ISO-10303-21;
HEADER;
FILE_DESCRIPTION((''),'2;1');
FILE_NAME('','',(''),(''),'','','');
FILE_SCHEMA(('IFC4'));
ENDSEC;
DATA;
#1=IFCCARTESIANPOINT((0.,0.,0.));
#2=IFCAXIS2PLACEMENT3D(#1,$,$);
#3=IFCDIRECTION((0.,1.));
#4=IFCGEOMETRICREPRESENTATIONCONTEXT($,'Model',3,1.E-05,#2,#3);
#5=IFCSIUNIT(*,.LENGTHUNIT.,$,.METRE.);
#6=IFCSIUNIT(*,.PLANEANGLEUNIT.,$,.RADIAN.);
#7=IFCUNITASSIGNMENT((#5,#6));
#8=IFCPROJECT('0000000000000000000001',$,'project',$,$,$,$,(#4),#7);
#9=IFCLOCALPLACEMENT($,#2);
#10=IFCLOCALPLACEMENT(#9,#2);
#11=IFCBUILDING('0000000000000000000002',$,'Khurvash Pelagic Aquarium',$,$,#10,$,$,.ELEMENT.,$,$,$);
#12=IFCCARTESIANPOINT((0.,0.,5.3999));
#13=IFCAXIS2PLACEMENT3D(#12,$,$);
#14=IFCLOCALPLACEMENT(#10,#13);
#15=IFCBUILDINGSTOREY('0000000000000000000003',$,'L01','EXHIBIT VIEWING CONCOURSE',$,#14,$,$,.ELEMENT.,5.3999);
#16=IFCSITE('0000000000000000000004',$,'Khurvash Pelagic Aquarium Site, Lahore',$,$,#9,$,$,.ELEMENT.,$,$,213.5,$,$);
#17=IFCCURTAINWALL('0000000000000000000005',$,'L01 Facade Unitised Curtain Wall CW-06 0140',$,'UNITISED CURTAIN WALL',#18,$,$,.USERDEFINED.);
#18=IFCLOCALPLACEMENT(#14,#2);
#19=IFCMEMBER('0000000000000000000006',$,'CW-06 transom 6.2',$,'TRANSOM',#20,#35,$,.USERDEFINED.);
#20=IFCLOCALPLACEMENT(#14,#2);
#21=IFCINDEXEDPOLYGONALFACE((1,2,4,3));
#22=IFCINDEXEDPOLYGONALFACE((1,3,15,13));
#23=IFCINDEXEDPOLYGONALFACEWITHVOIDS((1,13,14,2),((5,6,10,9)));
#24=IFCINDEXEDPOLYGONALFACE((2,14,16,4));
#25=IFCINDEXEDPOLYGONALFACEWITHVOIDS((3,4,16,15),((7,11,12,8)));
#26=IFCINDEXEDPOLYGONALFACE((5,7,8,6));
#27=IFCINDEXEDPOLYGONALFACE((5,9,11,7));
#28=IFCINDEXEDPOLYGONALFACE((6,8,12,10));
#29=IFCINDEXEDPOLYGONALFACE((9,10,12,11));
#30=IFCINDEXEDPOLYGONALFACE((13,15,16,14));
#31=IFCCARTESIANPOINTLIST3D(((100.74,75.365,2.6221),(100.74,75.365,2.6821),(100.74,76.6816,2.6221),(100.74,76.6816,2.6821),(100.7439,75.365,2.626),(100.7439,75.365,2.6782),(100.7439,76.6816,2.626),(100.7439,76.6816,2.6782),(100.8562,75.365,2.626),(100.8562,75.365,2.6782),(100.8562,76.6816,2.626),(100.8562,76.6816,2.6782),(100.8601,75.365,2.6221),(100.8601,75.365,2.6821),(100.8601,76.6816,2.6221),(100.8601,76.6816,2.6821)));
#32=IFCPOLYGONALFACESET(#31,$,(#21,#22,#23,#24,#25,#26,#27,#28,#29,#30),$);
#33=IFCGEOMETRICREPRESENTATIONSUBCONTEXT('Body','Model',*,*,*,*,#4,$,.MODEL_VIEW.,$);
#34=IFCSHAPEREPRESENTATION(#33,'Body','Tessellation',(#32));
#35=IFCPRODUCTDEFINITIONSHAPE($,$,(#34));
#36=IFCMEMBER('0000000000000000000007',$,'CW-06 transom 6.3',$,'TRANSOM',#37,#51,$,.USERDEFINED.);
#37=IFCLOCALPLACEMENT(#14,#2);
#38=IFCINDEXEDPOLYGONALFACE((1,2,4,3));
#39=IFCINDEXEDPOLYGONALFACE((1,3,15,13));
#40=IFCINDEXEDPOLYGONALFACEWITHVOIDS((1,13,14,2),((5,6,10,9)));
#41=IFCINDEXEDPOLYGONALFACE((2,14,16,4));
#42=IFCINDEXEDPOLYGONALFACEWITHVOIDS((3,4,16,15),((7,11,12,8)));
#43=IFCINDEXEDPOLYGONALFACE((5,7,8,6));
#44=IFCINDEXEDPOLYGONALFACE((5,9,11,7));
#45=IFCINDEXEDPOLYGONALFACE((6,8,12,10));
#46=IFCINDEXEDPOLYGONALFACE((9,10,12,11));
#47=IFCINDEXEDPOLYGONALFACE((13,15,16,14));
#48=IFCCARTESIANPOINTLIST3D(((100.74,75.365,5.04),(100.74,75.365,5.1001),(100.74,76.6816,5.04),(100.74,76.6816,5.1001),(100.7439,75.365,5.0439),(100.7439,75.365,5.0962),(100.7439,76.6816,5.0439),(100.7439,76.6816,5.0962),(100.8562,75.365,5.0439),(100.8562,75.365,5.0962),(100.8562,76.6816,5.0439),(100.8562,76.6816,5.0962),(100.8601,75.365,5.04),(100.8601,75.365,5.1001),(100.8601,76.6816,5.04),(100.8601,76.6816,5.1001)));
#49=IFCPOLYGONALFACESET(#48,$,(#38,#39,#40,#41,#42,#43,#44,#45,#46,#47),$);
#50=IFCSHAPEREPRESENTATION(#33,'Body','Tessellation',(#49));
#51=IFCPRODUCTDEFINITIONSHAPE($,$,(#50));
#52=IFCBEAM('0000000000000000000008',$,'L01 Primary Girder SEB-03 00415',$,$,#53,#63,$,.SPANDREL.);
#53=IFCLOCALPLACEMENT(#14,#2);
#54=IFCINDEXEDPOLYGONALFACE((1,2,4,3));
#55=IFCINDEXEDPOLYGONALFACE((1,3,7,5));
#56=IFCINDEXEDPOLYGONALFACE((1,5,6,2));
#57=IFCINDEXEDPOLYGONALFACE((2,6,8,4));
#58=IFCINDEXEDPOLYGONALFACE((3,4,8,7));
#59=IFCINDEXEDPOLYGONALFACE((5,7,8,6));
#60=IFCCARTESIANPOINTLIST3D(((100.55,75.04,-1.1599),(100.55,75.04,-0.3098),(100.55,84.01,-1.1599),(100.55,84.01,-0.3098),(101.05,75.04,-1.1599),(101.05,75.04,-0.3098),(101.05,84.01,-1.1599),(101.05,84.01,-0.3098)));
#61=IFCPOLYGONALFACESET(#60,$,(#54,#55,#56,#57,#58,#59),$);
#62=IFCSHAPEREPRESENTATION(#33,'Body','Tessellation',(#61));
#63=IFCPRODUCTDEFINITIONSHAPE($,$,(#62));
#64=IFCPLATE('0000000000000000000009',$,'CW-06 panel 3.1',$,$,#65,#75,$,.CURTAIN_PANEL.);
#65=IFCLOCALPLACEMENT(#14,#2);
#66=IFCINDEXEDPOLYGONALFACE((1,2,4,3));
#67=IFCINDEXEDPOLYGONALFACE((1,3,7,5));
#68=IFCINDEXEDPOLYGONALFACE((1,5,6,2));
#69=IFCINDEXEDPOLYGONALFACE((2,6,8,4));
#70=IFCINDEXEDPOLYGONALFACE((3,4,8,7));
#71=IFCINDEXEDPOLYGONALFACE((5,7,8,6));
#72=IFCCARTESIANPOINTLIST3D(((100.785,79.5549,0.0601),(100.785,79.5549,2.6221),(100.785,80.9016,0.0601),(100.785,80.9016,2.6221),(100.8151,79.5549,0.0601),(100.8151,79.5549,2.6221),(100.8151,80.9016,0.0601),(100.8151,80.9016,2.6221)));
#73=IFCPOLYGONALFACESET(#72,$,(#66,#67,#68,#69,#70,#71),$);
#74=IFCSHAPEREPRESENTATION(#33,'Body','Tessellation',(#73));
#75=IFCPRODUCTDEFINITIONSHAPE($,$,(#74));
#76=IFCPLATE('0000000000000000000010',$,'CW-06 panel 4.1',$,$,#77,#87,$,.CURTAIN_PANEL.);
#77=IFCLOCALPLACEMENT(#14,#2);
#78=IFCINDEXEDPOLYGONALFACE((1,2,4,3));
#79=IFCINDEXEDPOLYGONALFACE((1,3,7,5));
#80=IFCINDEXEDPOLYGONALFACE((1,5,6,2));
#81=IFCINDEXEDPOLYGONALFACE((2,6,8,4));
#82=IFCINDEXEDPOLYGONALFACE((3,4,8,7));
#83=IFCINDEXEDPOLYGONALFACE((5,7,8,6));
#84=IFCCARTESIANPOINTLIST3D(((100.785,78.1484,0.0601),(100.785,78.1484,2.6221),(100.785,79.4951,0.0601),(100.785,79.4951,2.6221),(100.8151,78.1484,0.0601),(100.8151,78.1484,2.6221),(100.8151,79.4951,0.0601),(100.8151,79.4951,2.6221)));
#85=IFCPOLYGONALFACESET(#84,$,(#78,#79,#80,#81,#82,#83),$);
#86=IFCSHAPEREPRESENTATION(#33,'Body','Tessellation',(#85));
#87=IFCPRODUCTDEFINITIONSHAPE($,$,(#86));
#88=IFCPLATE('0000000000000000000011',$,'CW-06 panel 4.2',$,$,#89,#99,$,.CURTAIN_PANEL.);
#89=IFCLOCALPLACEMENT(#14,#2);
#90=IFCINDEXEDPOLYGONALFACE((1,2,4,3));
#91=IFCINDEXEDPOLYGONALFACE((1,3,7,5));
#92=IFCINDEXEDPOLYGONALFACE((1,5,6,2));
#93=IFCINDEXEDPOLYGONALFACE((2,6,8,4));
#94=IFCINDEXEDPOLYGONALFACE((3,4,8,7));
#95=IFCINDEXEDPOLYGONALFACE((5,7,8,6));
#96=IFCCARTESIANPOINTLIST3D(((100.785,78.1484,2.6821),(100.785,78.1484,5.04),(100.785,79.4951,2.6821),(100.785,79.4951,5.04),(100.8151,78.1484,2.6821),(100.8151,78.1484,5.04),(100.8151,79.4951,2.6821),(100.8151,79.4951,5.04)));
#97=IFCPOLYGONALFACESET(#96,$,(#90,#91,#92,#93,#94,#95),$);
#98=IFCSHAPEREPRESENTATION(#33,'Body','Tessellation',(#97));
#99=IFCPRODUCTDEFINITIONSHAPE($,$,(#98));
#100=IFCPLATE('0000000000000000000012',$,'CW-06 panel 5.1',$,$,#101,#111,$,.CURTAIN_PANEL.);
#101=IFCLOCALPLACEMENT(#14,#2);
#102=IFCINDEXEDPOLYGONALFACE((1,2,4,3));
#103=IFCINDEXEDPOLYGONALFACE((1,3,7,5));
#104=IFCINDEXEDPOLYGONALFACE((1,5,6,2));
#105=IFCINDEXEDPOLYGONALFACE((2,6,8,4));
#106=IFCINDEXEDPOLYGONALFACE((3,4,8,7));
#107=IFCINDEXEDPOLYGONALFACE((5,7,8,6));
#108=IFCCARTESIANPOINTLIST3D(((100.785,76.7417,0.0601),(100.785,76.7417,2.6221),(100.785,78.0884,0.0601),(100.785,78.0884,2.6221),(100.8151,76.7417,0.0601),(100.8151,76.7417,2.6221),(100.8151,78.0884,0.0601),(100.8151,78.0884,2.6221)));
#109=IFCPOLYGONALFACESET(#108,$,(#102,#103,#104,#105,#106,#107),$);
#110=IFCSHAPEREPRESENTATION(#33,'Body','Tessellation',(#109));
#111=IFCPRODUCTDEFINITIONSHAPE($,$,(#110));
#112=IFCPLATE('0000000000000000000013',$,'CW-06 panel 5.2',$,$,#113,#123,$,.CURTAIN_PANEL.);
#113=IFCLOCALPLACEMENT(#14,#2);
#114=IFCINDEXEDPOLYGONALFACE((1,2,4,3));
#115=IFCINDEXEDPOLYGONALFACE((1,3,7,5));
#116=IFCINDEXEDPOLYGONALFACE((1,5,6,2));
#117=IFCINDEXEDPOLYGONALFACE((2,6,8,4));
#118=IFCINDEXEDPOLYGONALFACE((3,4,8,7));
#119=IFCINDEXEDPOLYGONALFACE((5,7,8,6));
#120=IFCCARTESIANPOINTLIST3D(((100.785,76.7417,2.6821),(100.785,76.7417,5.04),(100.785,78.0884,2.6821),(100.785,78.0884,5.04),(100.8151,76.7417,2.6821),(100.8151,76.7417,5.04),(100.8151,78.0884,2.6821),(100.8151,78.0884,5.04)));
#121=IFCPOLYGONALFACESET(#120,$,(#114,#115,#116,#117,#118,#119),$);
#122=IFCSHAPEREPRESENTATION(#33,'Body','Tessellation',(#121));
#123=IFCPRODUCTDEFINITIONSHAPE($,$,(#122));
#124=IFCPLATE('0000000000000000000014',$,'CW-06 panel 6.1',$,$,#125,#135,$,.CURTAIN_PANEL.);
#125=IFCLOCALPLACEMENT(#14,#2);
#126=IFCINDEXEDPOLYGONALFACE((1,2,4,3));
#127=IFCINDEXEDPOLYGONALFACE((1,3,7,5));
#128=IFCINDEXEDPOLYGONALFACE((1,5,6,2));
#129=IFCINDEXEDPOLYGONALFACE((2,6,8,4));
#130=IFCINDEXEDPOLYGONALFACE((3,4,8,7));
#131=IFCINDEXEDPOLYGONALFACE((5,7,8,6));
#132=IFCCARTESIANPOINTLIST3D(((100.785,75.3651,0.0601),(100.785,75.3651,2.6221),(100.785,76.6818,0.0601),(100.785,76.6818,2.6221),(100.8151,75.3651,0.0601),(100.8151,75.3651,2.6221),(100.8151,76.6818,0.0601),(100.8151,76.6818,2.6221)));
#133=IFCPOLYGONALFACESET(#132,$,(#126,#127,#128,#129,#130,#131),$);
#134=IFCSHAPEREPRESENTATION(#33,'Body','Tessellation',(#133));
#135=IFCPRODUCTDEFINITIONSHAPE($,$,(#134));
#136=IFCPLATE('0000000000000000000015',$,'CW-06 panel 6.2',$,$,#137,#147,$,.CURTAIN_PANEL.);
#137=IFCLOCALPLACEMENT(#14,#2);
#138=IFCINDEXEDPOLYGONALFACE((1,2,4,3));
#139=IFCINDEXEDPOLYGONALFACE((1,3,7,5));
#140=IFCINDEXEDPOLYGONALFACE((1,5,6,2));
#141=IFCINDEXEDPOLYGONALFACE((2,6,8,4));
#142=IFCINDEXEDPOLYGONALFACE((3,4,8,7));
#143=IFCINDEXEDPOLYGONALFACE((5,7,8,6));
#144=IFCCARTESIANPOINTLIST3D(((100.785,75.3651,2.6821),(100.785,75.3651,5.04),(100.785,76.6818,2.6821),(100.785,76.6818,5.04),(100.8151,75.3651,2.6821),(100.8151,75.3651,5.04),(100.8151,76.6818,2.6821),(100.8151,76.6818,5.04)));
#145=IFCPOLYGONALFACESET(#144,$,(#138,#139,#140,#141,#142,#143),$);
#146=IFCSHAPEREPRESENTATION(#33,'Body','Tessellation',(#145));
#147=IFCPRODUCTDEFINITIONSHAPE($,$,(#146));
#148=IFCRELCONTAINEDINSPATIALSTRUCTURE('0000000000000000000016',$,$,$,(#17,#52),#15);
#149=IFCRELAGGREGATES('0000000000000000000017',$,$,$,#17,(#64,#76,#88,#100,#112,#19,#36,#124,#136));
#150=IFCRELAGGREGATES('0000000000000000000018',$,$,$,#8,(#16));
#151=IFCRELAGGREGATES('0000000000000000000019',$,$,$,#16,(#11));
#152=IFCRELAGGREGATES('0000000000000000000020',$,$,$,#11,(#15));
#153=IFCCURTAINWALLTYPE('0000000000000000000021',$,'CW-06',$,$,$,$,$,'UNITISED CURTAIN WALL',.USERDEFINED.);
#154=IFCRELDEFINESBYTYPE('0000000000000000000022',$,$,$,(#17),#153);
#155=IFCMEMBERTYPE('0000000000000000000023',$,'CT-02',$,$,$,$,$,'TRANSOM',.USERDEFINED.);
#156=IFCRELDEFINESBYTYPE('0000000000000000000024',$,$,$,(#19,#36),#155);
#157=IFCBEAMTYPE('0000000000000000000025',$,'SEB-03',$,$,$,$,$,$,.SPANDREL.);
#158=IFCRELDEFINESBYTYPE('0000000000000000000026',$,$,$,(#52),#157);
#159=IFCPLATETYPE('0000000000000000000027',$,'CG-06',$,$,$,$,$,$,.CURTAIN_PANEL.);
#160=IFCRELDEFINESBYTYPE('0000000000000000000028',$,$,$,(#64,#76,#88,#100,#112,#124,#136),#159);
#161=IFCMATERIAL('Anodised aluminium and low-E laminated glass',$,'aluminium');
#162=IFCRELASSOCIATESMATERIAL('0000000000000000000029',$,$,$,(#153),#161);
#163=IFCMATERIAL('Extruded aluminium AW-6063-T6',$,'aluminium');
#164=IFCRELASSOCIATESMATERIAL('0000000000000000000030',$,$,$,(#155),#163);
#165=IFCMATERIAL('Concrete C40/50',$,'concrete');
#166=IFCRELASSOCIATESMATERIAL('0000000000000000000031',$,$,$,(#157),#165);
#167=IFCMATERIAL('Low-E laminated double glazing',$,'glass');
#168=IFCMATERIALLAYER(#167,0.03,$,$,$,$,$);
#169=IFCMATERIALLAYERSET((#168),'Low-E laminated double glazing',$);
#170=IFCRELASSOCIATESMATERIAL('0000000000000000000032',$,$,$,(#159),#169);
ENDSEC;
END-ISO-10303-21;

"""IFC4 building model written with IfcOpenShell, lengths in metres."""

from ifc_helpers import new_model, si_unit, direction, frame, origin, origin_2d, place, context, subcontext, project, spatial, rectangle, hollow_rectangle, extrude, material, layer, layer_set, material_profile, profile_set, type_object, element, aggregate, save


model = new_model("IFC4")

# Units and contexts
model_context = context("Model", 3, precision=1e-05, world=origin(), true_north=direction((0.0, 1.0)))
body_context = subcontext(model_context, "Body", "Model", "MODEL_VIEW")
ifc_project = project(units=[si_unit("LENGTHUNIT", "METRE"), si_unit("PLANEANGLEUNIT", "RADIAN")], contexts=[model_context])

# Site, building, storey
site_placement = place(None, origin())
site = spatial("IfcSite", under=ifc_project, at=site_placement, Name="Khurvash Pelagic Aquarium Site, Lahore", CompositionType="ELEMENT", RefElevation=213.5)
building_placement = place(site_placement, origin())
building = spatial("IfcBuilding", under=site, at=building_placement, Name="Khurvash Pelagic Aquarium", CompositionType="ELEMENT")
storey_placement = place(building_placement, frame((0.0, 0.0, 5.3999)))
storey = spatial("IfcBuildingStorey", under=building, at=storey_placement, Name="L01", Description="EXHIBIT VIEWING CONCOURSE", CompositionType="ELEMENT", Elevation=5.3999)

# Curtain wall, members
ifc_material_1 = material(Name="Anodised aluminium and low-E laminated glass", Category="aluminium")
curtain_wall_type = type_object("IfcCurtainWallType", Name="CW-06", ElementType="UNITISED CURTAIN WALL", PredefinedType="USERDEFINED", material=ifc_material_1)
curtain_wall_placement = place(storey_placement, origin())
curtain_wall = element("IfcCurtainWall", 1, at=curtain_wall_placement, inside=storey, type_object=curtain_wall_type, Name="L01 Facade Unitised Curtain Wall CW-06 0140", ObjectType="UNITISED CURTAIN WALL", PredefinedType="USERDEFINED")
ifc_material_2 = material(Name="Extruded aluminium AW-6063-T6", Category="aluminium")
ifc_material_profile_1 = material_profile(ifc_material_2, hollow_rectangle(XDim=0.1201, YDim=0.0601, WallThickness=0.0039, at=origin_2d()), Name="CWT120X60X4")
ifc_profile_set_1 = profile_set([ifc_material_profile_1], Name="Extruded aluminium AW-6063-T6")
member_type_1 = type_object("IfcMemberType", Name="CT-02", ElementType="TRANSOM", PredefinedType="USERDEFINED", material=ifc_profile_set_1)
member_1_placement = place(storey_placement, frame((100.8, 76.6816, 2.6521), z_axis=(0.0, -1.0, 0.0), x_axis=(1.0, 0.0, 0.0)))
member_1 = element("IfcMember", 2, at=member_1_placement, type_object=member_type_1, Name="CW-06 transom 6.2", ObjectType="TRANSOM", PredefinedType="USERDEFINED", context=body_context, shape_type="SweptSolid", body=[
    extrude(hollow_rectangle(XDim=0.1201, YDim=0.0601, WallThickness=0.0039, at=origin_2d()), origin(), (0.0, 0.0, 1.0), 1.3167),
])
member_2_placement = place(storey_placement, frame((100.8, 76.6816, 5.0701), z_axis=(0.0, -1.0, 0.0), x_axis=(1.0, 0.0, 0.0)))
member_2 = element("IfcMember", 3, at=member_2_placement, type_object=member_type_1, Name="CW-06 transom 6.3", ObjectType="TRANSOM", PredefinedType="USERDEFINED", context=body_context, shape_type="SweptSolid", body=[
    extrude(hollow_rectangle(XDim=0.1201, YDim=0.0601, WallThickness=0.0039, at=origin_2d()), origin(), (0.0, 0.0, 1.0), 1.3167),
])

# Beam
ifc_material_3 = material(Name="Concrete C40/50", Category="concrete")
ifc_material_profile_2 = material_profile(ifc_material_3, rectangle(XDim=0.5, YDim=0.8501, at=origin_2d()), Name="RC500X850")
ifc_profile_set_2 = profile_set([ifc_material_profile_2], Name="Concrete C40/50")
beam_type = type_object("IfcBeamType", Name="SEB-03", PredefinedType="SPANDREL", material=ifc_profile_set_2)
beam_placement = place(storey_placement, frame((100.8, 75.04, -0.7349), z_axis=(0.0, 1.0, 0.0), x_axis=(-1.0, 0.0, 0.0)))
element("IfcBeam", 4, at=beam_placement, inside=storey, type_object=beam_type, Name="L01 Primary Girder SEB-03 00415", PredefinedType="SPANDREL", context=body_context, shape_type="SweptSolid", body=[
    extrude(rectangle(XDim=0.5, YDim=0.8501, at=origin_2d()), origin(), (0.0, 0.0, 1.0), 8.97),
])

# Plates
ifc_material_4 = material(Name="Low-E laminated double glazing", Category="glass")
ifc_layer = layer(ifc_material_4, 0.03)
ifc_layer_set = layer_set([ifc_layer], Name="Low-E laminated double glazing")
plate_type = type_object("IfcPlateType", Name="CG-06", PredefinedType="CURTAIN_PANEL", material=ifc_layer_set)
plate_1_placement = place(storey_placement, frame((100.8, 80.2283, 0.0601), z_axis=(0.0, 0.0, 1.0), x_axis=(0.0, -1.0, 0.0)))
plate_1 = element("IfcPlate", 5, at=plate_1_placement, type_object=plate_type, Name="CW-06 panel 3.1", PredefinedType="CURTAIN_PANEL", context=body_context, shape_type="SweptSolid", body=[
    extrude(rectangle(XDim=1.3467, YDim=0.03, at=origin_2d()), origin(), (0.0, 0.0, 1.0), 2.562),
])
plate_2_placement = place(storey_placement, frame((100.8, 78.8218, 0.0601), z_axis=(0.0, 0.0, 1.0), x_axis=(0.0, -1.0, 0.0)))
plate_2 = element("IfcPlate", 6, at=plate_2_placement, type_object=plate_type, Name="CW-06 panel 4.1", PredefinedType="CURTAIN_PANEL", context=body_context, shape_type="SweptSolid", body=[
    extrude(rectangle(XDim=1.3467, YDim=0.03, at=origin_2d()), origin(), (0.0, 0.0, 1.0), 2.562),
])
plate_3_placement = place(storey_placement, frame((100.8, 78.8218, 2.6821), z_axis=(0.0, 0.0, 1.0), x_axis=(0.0, -1.0, 0.0)))
plate_3 = element("IfcPlate", 7, at=plate_3_placement, type_object=plate_type, Name="CW-06 panel 4.2", PredefinedType="CURTAIN_PANEL", context=body_context, shape_type="SweptSolid", body=[
    extrude(rectangle(XDim=1.3467, YDim=0.03, at=origin_2d()), origin(), (0.0, 0.0, 1.0), 2.3579),
])
plate_4_placement = place(storey_placement, frame((100.8, 77.415, 0.0601), z_axis=(0.0, 0.0, 1.0), x_axis=(0.0, -1.0, 0.0)))
plate_4 = element("IfcPlate", 8, at=plate_4_placement, type_object=plate_type, Name="CW-06 panel 5.1", PredefinedType="CURTAIN_PANEL", context=body_context, shape_type="SweptSolid", body=[
    extrude(rectangle(XDim=1.3467, YDim=0.03, at=origin_2d()), origin(), (0.0, 0.0, 1.0), 2.562),
])
plate_5_placement = place(storey_placement, frame((100.8, 77.415, 2.6821), z_axis=(0.0, 0.0, 1.0), x_axis=(0.0, -1.0, 0.0)))
plate_5 = element("IfcPlate", 9, at=plate_5_placement, type_object=plate_type, Name="CW-06 panel 5.2", PredefinedType="CURTAIN_PANEL", context=body_context, shape_type="SweptSolid", body=[
    extrude(rectangle(XDim=1.3467, YDim=0.03, at=origin_2d()), origin(), (0.0, 0.0, 1.0), 2.3579),
])
plate_6_placement = place(storey_placement, frame((100.8, 76.0234, 0.0601), z_axis=(0.0, 0.0, 1.0), x_axis=(0.0, -1.0, 0.0)))
plate_6 = element("IfcPlate", 10, at=plate_6_placement, type_object=plate_type, Name="CW-06 panel 6.1", PredefinedType="CURTAIN_PANEL", context=body_context, shape_type="SweptSolid", body=[
    extrude(rectangle(XDim=1.3167, YDim=0.03, at=origin_2d()), origin(), (0.0, 0.0, 1.0), 2.562),
])
plate_7_placement = place(storey_placement, frame((100.8, 76.0234, 2.6821), z_axis=(0.0, 0.0, 1.0), x_axis=(0.0, -1.0, 0.0)))
plate_7 = element("IfcPlate", 11, at=plate_7_placement, type_object=plate_type, Name="CW-06 panel 6.2", PredefinedType="CURTAIN_PANEL", context=body_context, shape_type="SweptSolid", body=[
    extrude(rectangle(XDim=1.3167, YDim=0.03, at=origin_2d()), origin(), (0.0, 0.0, 1.0), 2.3579),
])
aggregate(curtain_wall, [plate_1, plate_2, plate_3, plate_4, plate_5, member_1, member_2, plate_6, plate_7])

save(model, "model.ifc")
